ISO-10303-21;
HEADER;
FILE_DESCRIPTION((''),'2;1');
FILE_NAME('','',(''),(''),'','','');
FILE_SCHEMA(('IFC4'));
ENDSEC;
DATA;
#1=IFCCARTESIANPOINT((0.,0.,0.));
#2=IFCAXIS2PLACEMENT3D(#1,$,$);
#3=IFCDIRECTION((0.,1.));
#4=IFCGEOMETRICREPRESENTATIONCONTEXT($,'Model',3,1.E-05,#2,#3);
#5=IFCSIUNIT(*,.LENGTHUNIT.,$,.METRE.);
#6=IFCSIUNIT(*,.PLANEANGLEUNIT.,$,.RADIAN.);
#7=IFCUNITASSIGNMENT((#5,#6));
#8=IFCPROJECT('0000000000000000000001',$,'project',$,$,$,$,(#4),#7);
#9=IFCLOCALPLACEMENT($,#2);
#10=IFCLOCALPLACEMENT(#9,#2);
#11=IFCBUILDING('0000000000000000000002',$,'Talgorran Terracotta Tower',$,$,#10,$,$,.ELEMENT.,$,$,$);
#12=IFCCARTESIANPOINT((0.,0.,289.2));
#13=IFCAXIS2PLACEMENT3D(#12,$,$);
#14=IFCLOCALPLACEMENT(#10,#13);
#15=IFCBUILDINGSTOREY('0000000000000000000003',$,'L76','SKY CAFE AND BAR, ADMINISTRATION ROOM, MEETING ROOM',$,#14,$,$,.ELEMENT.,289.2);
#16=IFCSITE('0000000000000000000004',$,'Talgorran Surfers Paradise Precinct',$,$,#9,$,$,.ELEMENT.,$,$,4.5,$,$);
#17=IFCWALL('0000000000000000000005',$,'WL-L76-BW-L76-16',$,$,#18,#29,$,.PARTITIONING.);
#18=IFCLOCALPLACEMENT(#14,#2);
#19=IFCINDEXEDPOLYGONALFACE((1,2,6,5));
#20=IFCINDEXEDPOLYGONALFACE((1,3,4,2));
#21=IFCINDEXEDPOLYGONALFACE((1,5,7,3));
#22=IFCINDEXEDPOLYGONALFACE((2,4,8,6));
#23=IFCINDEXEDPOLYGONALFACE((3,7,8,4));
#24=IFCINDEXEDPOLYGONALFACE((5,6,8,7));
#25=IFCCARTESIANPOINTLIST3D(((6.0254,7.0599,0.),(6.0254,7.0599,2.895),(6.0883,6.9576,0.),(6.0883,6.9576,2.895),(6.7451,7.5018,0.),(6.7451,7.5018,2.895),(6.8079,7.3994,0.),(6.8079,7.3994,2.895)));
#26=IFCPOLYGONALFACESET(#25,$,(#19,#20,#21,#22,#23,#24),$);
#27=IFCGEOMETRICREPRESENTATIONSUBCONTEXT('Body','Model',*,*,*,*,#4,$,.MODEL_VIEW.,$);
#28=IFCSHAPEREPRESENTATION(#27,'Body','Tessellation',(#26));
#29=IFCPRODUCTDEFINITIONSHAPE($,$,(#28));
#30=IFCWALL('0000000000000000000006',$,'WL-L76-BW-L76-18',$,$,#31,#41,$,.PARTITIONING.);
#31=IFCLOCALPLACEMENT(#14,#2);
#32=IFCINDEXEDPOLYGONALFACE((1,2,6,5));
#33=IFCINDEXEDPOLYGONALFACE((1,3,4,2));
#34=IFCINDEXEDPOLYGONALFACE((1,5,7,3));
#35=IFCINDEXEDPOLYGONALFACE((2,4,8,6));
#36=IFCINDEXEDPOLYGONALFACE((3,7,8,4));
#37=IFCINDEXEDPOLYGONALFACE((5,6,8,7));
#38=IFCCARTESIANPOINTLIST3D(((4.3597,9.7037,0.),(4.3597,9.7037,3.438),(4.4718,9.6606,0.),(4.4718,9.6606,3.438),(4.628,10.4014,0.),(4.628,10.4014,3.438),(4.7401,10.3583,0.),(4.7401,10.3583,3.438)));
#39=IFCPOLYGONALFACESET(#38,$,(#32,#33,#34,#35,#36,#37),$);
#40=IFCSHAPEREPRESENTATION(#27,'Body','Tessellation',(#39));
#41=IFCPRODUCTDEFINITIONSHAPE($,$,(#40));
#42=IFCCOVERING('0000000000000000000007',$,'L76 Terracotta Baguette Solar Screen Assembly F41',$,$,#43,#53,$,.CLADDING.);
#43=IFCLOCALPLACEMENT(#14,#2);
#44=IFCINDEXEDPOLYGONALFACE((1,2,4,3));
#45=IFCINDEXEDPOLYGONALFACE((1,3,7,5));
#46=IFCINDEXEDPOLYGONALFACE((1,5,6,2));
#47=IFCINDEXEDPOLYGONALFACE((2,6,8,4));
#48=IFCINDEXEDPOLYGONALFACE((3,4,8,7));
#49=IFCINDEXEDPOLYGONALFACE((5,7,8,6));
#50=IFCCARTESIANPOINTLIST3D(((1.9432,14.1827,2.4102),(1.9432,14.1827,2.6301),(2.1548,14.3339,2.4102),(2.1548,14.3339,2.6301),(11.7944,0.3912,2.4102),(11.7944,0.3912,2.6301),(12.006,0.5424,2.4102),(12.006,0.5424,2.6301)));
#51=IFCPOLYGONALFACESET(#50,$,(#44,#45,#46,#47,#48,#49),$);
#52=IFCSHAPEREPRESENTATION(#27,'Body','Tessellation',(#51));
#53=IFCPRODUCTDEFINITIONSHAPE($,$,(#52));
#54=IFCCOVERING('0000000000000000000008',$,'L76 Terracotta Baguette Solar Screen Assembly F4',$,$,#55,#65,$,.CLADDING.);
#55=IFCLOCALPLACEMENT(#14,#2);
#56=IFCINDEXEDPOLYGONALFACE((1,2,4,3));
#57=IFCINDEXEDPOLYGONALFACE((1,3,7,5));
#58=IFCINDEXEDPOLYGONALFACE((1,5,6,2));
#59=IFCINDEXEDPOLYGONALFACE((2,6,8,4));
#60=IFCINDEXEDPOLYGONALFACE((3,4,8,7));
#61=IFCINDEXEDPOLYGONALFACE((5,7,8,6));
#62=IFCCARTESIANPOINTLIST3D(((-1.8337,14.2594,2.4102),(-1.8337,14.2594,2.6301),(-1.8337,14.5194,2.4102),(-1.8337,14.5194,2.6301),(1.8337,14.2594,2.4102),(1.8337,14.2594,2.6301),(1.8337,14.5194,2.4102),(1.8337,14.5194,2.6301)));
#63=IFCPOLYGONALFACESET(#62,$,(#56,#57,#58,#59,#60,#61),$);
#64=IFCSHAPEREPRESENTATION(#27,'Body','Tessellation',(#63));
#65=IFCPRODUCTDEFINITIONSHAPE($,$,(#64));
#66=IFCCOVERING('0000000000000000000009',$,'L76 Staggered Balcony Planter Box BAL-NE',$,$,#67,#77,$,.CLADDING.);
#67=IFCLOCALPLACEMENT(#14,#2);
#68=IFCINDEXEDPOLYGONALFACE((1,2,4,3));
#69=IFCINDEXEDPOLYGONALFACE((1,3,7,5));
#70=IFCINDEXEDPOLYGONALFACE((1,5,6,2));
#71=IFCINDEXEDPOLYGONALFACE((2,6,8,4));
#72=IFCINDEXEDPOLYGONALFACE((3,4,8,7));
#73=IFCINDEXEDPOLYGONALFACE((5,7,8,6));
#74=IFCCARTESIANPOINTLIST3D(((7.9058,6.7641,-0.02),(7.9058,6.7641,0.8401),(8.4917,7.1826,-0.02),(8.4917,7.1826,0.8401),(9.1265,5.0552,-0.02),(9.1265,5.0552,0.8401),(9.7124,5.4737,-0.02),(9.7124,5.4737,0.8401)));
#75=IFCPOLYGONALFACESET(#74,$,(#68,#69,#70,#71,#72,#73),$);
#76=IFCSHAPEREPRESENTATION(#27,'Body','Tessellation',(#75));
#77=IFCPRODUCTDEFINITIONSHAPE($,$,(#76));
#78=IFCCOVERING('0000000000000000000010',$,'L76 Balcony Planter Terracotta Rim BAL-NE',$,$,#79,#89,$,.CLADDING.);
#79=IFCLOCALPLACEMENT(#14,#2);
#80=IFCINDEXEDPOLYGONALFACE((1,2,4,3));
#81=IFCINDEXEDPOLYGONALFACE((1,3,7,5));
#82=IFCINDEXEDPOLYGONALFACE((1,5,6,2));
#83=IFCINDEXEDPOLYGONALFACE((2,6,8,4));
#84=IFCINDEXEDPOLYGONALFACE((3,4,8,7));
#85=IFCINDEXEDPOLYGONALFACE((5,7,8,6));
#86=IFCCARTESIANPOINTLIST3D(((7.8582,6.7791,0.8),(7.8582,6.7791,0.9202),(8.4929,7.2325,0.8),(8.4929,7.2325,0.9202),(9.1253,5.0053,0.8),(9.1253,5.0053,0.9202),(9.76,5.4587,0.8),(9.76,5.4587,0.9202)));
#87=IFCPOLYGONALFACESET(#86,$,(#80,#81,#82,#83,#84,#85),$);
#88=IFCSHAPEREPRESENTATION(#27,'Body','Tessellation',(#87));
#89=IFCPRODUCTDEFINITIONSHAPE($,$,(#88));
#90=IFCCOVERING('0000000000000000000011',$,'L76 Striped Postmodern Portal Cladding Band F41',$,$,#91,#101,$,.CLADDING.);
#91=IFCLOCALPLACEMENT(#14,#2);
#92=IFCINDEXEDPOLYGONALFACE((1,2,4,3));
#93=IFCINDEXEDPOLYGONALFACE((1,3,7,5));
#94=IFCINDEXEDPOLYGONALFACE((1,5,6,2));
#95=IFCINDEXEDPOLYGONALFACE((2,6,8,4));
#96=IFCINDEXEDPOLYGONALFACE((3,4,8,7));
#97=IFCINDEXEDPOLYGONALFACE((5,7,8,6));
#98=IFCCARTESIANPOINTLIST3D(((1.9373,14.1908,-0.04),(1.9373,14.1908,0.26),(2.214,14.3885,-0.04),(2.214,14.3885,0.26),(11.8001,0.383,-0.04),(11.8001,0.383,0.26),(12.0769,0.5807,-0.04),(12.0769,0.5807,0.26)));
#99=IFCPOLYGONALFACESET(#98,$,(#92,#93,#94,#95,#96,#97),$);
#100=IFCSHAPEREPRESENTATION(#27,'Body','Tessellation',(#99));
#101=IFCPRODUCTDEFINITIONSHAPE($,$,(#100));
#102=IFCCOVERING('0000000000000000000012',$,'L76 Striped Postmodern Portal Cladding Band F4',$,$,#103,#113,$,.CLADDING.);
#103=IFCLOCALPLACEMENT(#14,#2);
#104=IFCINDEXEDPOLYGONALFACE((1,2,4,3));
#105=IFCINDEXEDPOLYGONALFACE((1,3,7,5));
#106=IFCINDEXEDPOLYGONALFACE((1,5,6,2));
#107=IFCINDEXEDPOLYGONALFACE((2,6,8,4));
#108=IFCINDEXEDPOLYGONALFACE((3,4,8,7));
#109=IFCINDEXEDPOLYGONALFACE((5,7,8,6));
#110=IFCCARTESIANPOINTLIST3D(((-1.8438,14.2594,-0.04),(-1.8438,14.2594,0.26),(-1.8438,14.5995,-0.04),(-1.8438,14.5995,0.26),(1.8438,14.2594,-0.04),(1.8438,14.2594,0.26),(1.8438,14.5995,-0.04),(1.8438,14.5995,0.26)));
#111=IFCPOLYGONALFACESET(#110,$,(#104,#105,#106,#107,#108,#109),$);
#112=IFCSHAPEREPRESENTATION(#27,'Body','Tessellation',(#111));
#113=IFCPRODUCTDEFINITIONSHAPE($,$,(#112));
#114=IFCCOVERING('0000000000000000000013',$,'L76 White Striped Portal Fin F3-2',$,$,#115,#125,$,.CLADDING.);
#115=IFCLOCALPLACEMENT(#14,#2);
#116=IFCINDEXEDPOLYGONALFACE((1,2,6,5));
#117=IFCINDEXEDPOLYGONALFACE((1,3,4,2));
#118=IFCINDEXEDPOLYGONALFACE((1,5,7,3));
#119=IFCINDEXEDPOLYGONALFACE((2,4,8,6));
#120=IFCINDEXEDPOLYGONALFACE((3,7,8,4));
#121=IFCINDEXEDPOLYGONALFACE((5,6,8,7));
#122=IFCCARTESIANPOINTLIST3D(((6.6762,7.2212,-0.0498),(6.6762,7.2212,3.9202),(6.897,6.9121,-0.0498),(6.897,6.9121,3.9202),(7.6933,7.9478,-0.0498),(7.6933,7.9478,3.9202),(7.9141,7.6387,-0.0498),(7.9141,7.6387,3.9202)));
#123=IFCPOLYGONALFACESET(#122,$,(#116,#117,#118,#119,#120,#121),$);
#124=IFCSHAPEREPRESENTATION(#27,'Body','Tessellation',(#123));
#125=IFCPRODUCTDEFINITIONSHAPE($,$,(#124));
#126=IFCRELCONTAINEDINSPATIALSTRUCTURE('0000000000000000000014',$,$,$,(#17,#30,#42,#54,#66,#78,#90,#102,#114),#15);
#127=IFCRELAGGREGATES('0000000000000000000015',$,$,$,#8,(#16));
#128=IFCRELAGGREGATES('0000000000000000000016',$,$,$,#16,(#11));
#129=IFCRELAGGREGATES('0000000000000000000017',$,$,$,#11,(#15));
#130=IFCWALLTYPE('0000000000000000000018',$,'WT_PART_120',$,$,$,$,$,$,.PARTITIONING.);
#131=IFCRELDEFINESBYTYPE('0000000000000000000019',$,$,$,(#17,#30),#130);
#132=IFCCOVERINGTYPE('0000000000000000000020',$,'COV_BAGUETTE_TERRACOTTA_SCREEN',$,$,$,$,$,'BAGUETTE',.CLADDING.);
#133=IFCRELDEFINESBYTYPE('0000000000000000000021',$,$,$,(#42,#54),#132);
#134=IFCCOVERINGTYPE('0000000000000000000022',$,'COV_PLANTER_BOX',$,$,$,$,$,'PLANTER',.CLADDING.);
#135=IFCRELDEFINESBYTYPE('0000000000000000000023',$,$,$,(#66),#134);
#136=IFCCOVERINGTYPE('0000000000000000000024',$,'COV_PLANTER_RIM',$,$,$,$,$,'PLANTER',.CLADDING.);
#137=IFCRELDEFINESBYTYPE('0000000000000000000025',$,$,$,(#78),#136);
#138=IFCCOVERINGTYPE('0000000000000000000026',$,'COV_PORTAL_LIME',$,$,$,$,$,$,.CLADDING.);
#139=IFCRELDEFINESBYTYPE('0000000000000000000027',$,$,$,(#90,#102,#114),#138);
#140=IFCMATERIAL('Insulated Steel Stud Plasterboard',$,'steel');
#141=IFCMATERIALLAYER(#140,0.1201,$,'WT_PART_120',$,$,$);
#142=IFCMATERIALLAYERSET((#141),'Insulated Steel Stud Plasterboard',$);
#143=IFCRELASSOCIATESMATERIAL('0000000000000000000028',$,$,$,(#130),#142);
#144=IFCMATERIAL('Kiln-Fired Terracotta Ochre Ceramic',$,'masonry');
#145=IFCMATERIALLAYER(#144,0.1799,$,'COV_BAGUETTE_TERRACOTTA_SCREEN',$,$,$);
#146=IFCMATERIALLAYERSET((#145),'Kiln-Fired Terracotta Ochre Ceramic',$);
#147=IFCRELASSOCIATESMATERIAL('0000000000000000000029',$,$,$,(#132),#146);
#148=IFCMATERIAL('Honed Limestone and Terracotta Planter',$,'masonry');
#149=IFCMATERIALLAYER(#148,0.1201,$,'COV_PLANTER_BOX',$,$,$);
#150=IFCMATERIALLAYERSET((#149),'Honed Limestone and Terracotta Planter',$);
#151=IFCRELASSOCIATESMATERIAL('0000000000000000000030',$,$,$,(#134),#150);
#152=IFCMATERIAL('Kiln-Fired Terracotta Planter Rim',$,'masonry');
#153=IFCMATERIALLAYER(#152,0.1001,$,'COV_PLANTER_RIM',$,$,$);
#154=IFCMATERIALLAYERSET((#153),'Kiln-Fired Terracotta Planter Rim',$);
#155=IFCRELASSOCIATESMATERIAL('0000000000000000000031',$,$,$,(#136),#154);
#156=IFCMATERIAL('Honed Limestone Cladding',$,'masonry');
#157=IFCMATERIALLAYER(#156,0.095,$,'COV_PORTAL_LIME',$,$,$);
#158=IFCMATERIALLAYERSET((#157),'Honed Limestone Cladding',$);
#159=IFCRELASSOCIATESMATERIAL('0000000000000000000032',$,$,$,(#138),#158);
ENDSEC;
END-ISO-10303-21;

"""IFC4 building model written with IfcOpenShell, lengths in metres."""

from ifc_helpers import new_model, si_unit, direction, frame, frame_2d, origin, origin_2d, place, context, subcontext, project, spatial, rectangle, extrude, material, layer, layer_set, type_object, element, save


model = new_model("IFC4")

# Units and contexts
model_context = context("Model", 3, precision=1e-05, world=origin(), true_north=direction((0.0, 1.0)))
body_context = subcontext(model_context, "Body", "Model", "MODEL_VIEW")
ifc_project = project(units=[si_unit("LENGTHUNIT", "METRE"), si_unit("PLANEANGLEUNIT", "RADIAN")], contexts=[model_context])

# Site, building, storey
site_placement = place(None, origin())
site = spatial("IfcSite", under=ifc_project, at=site_placement, Name="Talgorran Surfers Paradise Precinct", CompositionType="ELEMENT", RefElevation=4.5)
building_placement = place(site_placement, origin())
building = spatial("IfcBuilding", under=site, at=building_placement, Name="Talgorran Terracotta Tower", CompositionType="ELEMENT")
storey_placement = place(building_placement, frame((0.0, 0.0, 289.2)))
storey = spatial("IfcBuildingStorey", under=building, at=storey_placement, Name="L76", Description="SKY CAFE AND BAR, ADMINISTRATION ROOM, MEETING ROOM", CompositionType="ELEMENT", Elevation=289.2)

# Walls
ifc_material_1 = material(Name="Insulated Steel Stud Plasterboard", Category="steel")
ifc_layer_1 = layer(ifc_material_1, 0.1201, Name="WT_PART_120")
ifc_layer_set_1 = layer_set([ifc_layer_1], Name="Insulated Steel Stud Plasterboard")
wall_type = type_object("IfcWallType", Name="WT_PART_120", PredefinedType="PARTITIONING", material=ifc_layer_set_1)
wall_1_placement = place(storey_placement, frame((6.7766, 7.4507, 0.0), z_axis=(0.0, 0.0, 1.0), x_axis=(-0.852194, -0.523226, 0.0)))
element("IfcWall", 1, at=wall_1_placement, inside=storey, type_object=wall_type, Name="WL-L76-BW-L76-16", PredefinedType="PARTITIONING", context=body_context, shape_type="SweptSolid", body=[
    extrude(rectangle(XDim=0.8445, YDim=0.1201, at=frame_2d((0.4224, 0.0))), origin(), (0.0, 0.0, 1.0), 2.895),
])
wall_2_placement = place(storey_placement, frame((4.4158, 9.6821, 0.0), z_axis=(0.0, 0.0, 1.0), x_axis=(0.358913, 0.933371, 0.0)))
element("IfcWall", 2, at=wall_2_placement, inside=storey, type_object=wall_type, Name="WL-L76-BW-L76-18", PredefinedType="PARTITIONING", context=body_context, shape_type="SweptSolid", body=[
    extrude(rectangle(XDim=0.7476, YDim=0.1201, at=frame_2d((0.3738, 0.0))), origin(), (0.0, 0.0, 1.0), 3.438),
])

# Coverings
ifc_material_2 = material(Name="Kiln-Fired Terracotta Ochre Ceramic", Category="masonry")
ifc_layer_2 = layer(ifc_material_2, 0.1799, Name="COV_BAGUETTE_TERRACOTTA_SCREEN")
ifc_layer_set_2 = layer_set([ifc_layer_2], Name="Kiln-Fired Terracotta Ochre Ceramic")
covering_type_1 = type_object("IfcCoveringType", Name="COV_BAGUETTE_TERRACOTTA_SCREEN", ElementType="BAGUETTE", PredefinedType="CLADDING", material=ifc_layer_set_2)
covering_1_placement = place(storey_placement, frame((6.9746, 7.3625, 2.4102), z_axis=(0.0, 0.0, 1.0), x_axis=(-0.581243, 0.81373, 0.0)))
element("IfcCovering", 3, at=covering_1_placement, inside=storey, type_object=covering_type_1, Name="L76 Terracotta Baguette Solar Screen Assembly F41", PredefinedType="CLADDING", context=body_context, shape_type="SweptSolid", body=[
    extrude(rectangle(XDim=16.9485, YDim=0.26, at=origin_2d()), origin(), (0.0, 0.0, 1.0), 0.22),
])
covering_2_placement = place(storey_placement, frame((0.0, 14.3894, 2.4102), z_axis=(0.0, 0.0, 1.0), x_axis=(-1.0, 0.0, 0.0)))
element("IfcCovering", 4, at=covering_2_placement, inside=storey, type_object=covering_type_1, Name="L76 Terracotta Baguette Solar Screen Assembly F4", PredefinedType="CLADDING", context=body_context, shape_type="SweptSolid", body=[
    extrude(rectangle(XDim=3.6675, YDim=0.26, at=origin_2d()), origin(), (0.0, 0.0, 1.0), 0.22),
])
ifc_material_3 = material(Name="Honed Limestone and Terracotta Planter", Category="masonry")
ifc_layer_3 = layer(ifc_material_3, 0.1201, Name="COV_PLANTER_BOX")
ifc_layer_set_3 = layer_set([ifc_layer_3], Name="Honed Limestone and Terracotta Planter")
covering_type_2 = type_object("IfcCoveringType", Name="COV_PLANTER_BOX", ElementType="PLANTER", PredefinedType="CLADDING", material=ifc_layer_set_3)
covering_3_placement = place(storey_placement, frame((8.8091, 6.1189, -0.02), z_axis=(0.0, 0.0, 1.0), x_axis=(-0.581257, 0.81372, 0.0)))
element("IfcCovering", 5, at=covering_3_placement, inside=storey, type_object=covering_type_2, Name="L76 Staggered Balcony Planter Box BAL-NE", PredefinedType="CLADDING", context=body_context, shape_type="SweptSolid", body=[
    extrude(rectangle(XDim=2.1001, YDim=0.72, at=origin_2d()), origin(), (0.0, 0.0, 1.0), 0.8601),
])
ifc_material_4 = material(Name="Kiln-Fired Terracotta Planter Rim", Category="masonry")
ifc_layer_4 = layer(ifc_material_4, 0.1001, Name="COV_PLANTER_RIM")
ifc_layer_set_4 = layer_set([ifc_layer_4], Name="Kiln-Fired Terracotta Planter Rim")
covering_type_3 = type_object("IfcCoveringType", Name="COV_PLANTER_RIM", ElementType="PLANTER", PredefinedType="CLADDING", material=ifc_layer_set_4)
covering_4_placement = place(storey_placement, frame((8.8091, 6.1189, 0.8), z_axis=(0.0, 0.0, 1.0), x_axis=(-0.581257, 0.81372, 0.0)))
element("IfcCovering", 6, at=covering_4_placement, inside=storey, type_object=covering_type_3, Name="L76 Balcony Planter Terracotta Rim BAL-NE", PredefinedType="CLADDING", context=body_context, shape_type="SweptSolid", body=[
    extrude(rectangle(XDim=2.1799, YDim=0.78, at=origin_2d()), origin(), (0.0, 0.0, 1.0), 0.1201),
])
ifc_material_5 = material(Name="Honed Limestone Cladding", Category="masonry")
ifc_layer_5 = layer(ifc_material_5, 0.095, Name="COV_PORTAL_LIME")
ifc_layer_set_5 = layer_set([ifc_layer_5], Name="Honed Limestone Cladding")
covering_type_4 = type_object("IfcCoveringType", Name="COV_PORTAL_LIME", PredefinedType="CLADDING", material=ifc_layer_set_5)
covering_5_placement = place(storey_placement, frame((7.0071, 7.3857, -0.04), z_axis=(0.0, 0.0, 1.0), x_axis=(-0.581243, 0.81373, 0.0)))
element("IfcCovering", 7, at=covering_5_placement, inside=storey, type_object=covering_type_4, Name="L76 Striped Postmodern Portal Cladding Band F41", PredefinedType="CLADDING", context=body_context, shape_type="SweptSolid", body=[
    extrude(rectangle(XDim=16.9685, YDim=0.3401, at=origin_2d()), origin(), (0.0, 0.0, 1.0), 0.3),
])
covering_6_placement = place(storey_placement, frame((0.0, 14.4294, -0.04), z_axis=(0.0, 0.0, 1.0), x_axis=(-1.0, 0.0, 0.0)))
element("IfcCovering", 8, at=covering_6_placement, inside=storey, type_object=covering_type_4, Name="L76 Striped Postmodern Portal Cladding Band F4", PredefinedType="CLADDING", context=body_context, shape_type="SweptSolid", body=[
    extrude(rectangle(XDim=3.6875, YDim=0.3401, at=origin_2d()), origin(), (0.0, 0.0, 1.0), 0.3),
])
covering_7_placement = place(storey_placement, frame((7.2952, 7.4299, -0.0498), z_axis=(0.0, 0.0, 1.0), x_axis=(-0.581257, 0.81372, 0.0)))
element("IfcCovering", 9, at=covering_7_placement, inside=storey, type_object=covering_type_4, Name="L76 White Striped Portal Fin F3-2", PredefinedType="CLADDING", context=body_context, shape_type="SweptSolid", body=[
    extrude(rectangle(XDim=0.3799, YDim=1.25, at=origin_2d()), origin(), (0.0, 0.0, 1.0), 3.97),
])

save(model, "model.ifc")
